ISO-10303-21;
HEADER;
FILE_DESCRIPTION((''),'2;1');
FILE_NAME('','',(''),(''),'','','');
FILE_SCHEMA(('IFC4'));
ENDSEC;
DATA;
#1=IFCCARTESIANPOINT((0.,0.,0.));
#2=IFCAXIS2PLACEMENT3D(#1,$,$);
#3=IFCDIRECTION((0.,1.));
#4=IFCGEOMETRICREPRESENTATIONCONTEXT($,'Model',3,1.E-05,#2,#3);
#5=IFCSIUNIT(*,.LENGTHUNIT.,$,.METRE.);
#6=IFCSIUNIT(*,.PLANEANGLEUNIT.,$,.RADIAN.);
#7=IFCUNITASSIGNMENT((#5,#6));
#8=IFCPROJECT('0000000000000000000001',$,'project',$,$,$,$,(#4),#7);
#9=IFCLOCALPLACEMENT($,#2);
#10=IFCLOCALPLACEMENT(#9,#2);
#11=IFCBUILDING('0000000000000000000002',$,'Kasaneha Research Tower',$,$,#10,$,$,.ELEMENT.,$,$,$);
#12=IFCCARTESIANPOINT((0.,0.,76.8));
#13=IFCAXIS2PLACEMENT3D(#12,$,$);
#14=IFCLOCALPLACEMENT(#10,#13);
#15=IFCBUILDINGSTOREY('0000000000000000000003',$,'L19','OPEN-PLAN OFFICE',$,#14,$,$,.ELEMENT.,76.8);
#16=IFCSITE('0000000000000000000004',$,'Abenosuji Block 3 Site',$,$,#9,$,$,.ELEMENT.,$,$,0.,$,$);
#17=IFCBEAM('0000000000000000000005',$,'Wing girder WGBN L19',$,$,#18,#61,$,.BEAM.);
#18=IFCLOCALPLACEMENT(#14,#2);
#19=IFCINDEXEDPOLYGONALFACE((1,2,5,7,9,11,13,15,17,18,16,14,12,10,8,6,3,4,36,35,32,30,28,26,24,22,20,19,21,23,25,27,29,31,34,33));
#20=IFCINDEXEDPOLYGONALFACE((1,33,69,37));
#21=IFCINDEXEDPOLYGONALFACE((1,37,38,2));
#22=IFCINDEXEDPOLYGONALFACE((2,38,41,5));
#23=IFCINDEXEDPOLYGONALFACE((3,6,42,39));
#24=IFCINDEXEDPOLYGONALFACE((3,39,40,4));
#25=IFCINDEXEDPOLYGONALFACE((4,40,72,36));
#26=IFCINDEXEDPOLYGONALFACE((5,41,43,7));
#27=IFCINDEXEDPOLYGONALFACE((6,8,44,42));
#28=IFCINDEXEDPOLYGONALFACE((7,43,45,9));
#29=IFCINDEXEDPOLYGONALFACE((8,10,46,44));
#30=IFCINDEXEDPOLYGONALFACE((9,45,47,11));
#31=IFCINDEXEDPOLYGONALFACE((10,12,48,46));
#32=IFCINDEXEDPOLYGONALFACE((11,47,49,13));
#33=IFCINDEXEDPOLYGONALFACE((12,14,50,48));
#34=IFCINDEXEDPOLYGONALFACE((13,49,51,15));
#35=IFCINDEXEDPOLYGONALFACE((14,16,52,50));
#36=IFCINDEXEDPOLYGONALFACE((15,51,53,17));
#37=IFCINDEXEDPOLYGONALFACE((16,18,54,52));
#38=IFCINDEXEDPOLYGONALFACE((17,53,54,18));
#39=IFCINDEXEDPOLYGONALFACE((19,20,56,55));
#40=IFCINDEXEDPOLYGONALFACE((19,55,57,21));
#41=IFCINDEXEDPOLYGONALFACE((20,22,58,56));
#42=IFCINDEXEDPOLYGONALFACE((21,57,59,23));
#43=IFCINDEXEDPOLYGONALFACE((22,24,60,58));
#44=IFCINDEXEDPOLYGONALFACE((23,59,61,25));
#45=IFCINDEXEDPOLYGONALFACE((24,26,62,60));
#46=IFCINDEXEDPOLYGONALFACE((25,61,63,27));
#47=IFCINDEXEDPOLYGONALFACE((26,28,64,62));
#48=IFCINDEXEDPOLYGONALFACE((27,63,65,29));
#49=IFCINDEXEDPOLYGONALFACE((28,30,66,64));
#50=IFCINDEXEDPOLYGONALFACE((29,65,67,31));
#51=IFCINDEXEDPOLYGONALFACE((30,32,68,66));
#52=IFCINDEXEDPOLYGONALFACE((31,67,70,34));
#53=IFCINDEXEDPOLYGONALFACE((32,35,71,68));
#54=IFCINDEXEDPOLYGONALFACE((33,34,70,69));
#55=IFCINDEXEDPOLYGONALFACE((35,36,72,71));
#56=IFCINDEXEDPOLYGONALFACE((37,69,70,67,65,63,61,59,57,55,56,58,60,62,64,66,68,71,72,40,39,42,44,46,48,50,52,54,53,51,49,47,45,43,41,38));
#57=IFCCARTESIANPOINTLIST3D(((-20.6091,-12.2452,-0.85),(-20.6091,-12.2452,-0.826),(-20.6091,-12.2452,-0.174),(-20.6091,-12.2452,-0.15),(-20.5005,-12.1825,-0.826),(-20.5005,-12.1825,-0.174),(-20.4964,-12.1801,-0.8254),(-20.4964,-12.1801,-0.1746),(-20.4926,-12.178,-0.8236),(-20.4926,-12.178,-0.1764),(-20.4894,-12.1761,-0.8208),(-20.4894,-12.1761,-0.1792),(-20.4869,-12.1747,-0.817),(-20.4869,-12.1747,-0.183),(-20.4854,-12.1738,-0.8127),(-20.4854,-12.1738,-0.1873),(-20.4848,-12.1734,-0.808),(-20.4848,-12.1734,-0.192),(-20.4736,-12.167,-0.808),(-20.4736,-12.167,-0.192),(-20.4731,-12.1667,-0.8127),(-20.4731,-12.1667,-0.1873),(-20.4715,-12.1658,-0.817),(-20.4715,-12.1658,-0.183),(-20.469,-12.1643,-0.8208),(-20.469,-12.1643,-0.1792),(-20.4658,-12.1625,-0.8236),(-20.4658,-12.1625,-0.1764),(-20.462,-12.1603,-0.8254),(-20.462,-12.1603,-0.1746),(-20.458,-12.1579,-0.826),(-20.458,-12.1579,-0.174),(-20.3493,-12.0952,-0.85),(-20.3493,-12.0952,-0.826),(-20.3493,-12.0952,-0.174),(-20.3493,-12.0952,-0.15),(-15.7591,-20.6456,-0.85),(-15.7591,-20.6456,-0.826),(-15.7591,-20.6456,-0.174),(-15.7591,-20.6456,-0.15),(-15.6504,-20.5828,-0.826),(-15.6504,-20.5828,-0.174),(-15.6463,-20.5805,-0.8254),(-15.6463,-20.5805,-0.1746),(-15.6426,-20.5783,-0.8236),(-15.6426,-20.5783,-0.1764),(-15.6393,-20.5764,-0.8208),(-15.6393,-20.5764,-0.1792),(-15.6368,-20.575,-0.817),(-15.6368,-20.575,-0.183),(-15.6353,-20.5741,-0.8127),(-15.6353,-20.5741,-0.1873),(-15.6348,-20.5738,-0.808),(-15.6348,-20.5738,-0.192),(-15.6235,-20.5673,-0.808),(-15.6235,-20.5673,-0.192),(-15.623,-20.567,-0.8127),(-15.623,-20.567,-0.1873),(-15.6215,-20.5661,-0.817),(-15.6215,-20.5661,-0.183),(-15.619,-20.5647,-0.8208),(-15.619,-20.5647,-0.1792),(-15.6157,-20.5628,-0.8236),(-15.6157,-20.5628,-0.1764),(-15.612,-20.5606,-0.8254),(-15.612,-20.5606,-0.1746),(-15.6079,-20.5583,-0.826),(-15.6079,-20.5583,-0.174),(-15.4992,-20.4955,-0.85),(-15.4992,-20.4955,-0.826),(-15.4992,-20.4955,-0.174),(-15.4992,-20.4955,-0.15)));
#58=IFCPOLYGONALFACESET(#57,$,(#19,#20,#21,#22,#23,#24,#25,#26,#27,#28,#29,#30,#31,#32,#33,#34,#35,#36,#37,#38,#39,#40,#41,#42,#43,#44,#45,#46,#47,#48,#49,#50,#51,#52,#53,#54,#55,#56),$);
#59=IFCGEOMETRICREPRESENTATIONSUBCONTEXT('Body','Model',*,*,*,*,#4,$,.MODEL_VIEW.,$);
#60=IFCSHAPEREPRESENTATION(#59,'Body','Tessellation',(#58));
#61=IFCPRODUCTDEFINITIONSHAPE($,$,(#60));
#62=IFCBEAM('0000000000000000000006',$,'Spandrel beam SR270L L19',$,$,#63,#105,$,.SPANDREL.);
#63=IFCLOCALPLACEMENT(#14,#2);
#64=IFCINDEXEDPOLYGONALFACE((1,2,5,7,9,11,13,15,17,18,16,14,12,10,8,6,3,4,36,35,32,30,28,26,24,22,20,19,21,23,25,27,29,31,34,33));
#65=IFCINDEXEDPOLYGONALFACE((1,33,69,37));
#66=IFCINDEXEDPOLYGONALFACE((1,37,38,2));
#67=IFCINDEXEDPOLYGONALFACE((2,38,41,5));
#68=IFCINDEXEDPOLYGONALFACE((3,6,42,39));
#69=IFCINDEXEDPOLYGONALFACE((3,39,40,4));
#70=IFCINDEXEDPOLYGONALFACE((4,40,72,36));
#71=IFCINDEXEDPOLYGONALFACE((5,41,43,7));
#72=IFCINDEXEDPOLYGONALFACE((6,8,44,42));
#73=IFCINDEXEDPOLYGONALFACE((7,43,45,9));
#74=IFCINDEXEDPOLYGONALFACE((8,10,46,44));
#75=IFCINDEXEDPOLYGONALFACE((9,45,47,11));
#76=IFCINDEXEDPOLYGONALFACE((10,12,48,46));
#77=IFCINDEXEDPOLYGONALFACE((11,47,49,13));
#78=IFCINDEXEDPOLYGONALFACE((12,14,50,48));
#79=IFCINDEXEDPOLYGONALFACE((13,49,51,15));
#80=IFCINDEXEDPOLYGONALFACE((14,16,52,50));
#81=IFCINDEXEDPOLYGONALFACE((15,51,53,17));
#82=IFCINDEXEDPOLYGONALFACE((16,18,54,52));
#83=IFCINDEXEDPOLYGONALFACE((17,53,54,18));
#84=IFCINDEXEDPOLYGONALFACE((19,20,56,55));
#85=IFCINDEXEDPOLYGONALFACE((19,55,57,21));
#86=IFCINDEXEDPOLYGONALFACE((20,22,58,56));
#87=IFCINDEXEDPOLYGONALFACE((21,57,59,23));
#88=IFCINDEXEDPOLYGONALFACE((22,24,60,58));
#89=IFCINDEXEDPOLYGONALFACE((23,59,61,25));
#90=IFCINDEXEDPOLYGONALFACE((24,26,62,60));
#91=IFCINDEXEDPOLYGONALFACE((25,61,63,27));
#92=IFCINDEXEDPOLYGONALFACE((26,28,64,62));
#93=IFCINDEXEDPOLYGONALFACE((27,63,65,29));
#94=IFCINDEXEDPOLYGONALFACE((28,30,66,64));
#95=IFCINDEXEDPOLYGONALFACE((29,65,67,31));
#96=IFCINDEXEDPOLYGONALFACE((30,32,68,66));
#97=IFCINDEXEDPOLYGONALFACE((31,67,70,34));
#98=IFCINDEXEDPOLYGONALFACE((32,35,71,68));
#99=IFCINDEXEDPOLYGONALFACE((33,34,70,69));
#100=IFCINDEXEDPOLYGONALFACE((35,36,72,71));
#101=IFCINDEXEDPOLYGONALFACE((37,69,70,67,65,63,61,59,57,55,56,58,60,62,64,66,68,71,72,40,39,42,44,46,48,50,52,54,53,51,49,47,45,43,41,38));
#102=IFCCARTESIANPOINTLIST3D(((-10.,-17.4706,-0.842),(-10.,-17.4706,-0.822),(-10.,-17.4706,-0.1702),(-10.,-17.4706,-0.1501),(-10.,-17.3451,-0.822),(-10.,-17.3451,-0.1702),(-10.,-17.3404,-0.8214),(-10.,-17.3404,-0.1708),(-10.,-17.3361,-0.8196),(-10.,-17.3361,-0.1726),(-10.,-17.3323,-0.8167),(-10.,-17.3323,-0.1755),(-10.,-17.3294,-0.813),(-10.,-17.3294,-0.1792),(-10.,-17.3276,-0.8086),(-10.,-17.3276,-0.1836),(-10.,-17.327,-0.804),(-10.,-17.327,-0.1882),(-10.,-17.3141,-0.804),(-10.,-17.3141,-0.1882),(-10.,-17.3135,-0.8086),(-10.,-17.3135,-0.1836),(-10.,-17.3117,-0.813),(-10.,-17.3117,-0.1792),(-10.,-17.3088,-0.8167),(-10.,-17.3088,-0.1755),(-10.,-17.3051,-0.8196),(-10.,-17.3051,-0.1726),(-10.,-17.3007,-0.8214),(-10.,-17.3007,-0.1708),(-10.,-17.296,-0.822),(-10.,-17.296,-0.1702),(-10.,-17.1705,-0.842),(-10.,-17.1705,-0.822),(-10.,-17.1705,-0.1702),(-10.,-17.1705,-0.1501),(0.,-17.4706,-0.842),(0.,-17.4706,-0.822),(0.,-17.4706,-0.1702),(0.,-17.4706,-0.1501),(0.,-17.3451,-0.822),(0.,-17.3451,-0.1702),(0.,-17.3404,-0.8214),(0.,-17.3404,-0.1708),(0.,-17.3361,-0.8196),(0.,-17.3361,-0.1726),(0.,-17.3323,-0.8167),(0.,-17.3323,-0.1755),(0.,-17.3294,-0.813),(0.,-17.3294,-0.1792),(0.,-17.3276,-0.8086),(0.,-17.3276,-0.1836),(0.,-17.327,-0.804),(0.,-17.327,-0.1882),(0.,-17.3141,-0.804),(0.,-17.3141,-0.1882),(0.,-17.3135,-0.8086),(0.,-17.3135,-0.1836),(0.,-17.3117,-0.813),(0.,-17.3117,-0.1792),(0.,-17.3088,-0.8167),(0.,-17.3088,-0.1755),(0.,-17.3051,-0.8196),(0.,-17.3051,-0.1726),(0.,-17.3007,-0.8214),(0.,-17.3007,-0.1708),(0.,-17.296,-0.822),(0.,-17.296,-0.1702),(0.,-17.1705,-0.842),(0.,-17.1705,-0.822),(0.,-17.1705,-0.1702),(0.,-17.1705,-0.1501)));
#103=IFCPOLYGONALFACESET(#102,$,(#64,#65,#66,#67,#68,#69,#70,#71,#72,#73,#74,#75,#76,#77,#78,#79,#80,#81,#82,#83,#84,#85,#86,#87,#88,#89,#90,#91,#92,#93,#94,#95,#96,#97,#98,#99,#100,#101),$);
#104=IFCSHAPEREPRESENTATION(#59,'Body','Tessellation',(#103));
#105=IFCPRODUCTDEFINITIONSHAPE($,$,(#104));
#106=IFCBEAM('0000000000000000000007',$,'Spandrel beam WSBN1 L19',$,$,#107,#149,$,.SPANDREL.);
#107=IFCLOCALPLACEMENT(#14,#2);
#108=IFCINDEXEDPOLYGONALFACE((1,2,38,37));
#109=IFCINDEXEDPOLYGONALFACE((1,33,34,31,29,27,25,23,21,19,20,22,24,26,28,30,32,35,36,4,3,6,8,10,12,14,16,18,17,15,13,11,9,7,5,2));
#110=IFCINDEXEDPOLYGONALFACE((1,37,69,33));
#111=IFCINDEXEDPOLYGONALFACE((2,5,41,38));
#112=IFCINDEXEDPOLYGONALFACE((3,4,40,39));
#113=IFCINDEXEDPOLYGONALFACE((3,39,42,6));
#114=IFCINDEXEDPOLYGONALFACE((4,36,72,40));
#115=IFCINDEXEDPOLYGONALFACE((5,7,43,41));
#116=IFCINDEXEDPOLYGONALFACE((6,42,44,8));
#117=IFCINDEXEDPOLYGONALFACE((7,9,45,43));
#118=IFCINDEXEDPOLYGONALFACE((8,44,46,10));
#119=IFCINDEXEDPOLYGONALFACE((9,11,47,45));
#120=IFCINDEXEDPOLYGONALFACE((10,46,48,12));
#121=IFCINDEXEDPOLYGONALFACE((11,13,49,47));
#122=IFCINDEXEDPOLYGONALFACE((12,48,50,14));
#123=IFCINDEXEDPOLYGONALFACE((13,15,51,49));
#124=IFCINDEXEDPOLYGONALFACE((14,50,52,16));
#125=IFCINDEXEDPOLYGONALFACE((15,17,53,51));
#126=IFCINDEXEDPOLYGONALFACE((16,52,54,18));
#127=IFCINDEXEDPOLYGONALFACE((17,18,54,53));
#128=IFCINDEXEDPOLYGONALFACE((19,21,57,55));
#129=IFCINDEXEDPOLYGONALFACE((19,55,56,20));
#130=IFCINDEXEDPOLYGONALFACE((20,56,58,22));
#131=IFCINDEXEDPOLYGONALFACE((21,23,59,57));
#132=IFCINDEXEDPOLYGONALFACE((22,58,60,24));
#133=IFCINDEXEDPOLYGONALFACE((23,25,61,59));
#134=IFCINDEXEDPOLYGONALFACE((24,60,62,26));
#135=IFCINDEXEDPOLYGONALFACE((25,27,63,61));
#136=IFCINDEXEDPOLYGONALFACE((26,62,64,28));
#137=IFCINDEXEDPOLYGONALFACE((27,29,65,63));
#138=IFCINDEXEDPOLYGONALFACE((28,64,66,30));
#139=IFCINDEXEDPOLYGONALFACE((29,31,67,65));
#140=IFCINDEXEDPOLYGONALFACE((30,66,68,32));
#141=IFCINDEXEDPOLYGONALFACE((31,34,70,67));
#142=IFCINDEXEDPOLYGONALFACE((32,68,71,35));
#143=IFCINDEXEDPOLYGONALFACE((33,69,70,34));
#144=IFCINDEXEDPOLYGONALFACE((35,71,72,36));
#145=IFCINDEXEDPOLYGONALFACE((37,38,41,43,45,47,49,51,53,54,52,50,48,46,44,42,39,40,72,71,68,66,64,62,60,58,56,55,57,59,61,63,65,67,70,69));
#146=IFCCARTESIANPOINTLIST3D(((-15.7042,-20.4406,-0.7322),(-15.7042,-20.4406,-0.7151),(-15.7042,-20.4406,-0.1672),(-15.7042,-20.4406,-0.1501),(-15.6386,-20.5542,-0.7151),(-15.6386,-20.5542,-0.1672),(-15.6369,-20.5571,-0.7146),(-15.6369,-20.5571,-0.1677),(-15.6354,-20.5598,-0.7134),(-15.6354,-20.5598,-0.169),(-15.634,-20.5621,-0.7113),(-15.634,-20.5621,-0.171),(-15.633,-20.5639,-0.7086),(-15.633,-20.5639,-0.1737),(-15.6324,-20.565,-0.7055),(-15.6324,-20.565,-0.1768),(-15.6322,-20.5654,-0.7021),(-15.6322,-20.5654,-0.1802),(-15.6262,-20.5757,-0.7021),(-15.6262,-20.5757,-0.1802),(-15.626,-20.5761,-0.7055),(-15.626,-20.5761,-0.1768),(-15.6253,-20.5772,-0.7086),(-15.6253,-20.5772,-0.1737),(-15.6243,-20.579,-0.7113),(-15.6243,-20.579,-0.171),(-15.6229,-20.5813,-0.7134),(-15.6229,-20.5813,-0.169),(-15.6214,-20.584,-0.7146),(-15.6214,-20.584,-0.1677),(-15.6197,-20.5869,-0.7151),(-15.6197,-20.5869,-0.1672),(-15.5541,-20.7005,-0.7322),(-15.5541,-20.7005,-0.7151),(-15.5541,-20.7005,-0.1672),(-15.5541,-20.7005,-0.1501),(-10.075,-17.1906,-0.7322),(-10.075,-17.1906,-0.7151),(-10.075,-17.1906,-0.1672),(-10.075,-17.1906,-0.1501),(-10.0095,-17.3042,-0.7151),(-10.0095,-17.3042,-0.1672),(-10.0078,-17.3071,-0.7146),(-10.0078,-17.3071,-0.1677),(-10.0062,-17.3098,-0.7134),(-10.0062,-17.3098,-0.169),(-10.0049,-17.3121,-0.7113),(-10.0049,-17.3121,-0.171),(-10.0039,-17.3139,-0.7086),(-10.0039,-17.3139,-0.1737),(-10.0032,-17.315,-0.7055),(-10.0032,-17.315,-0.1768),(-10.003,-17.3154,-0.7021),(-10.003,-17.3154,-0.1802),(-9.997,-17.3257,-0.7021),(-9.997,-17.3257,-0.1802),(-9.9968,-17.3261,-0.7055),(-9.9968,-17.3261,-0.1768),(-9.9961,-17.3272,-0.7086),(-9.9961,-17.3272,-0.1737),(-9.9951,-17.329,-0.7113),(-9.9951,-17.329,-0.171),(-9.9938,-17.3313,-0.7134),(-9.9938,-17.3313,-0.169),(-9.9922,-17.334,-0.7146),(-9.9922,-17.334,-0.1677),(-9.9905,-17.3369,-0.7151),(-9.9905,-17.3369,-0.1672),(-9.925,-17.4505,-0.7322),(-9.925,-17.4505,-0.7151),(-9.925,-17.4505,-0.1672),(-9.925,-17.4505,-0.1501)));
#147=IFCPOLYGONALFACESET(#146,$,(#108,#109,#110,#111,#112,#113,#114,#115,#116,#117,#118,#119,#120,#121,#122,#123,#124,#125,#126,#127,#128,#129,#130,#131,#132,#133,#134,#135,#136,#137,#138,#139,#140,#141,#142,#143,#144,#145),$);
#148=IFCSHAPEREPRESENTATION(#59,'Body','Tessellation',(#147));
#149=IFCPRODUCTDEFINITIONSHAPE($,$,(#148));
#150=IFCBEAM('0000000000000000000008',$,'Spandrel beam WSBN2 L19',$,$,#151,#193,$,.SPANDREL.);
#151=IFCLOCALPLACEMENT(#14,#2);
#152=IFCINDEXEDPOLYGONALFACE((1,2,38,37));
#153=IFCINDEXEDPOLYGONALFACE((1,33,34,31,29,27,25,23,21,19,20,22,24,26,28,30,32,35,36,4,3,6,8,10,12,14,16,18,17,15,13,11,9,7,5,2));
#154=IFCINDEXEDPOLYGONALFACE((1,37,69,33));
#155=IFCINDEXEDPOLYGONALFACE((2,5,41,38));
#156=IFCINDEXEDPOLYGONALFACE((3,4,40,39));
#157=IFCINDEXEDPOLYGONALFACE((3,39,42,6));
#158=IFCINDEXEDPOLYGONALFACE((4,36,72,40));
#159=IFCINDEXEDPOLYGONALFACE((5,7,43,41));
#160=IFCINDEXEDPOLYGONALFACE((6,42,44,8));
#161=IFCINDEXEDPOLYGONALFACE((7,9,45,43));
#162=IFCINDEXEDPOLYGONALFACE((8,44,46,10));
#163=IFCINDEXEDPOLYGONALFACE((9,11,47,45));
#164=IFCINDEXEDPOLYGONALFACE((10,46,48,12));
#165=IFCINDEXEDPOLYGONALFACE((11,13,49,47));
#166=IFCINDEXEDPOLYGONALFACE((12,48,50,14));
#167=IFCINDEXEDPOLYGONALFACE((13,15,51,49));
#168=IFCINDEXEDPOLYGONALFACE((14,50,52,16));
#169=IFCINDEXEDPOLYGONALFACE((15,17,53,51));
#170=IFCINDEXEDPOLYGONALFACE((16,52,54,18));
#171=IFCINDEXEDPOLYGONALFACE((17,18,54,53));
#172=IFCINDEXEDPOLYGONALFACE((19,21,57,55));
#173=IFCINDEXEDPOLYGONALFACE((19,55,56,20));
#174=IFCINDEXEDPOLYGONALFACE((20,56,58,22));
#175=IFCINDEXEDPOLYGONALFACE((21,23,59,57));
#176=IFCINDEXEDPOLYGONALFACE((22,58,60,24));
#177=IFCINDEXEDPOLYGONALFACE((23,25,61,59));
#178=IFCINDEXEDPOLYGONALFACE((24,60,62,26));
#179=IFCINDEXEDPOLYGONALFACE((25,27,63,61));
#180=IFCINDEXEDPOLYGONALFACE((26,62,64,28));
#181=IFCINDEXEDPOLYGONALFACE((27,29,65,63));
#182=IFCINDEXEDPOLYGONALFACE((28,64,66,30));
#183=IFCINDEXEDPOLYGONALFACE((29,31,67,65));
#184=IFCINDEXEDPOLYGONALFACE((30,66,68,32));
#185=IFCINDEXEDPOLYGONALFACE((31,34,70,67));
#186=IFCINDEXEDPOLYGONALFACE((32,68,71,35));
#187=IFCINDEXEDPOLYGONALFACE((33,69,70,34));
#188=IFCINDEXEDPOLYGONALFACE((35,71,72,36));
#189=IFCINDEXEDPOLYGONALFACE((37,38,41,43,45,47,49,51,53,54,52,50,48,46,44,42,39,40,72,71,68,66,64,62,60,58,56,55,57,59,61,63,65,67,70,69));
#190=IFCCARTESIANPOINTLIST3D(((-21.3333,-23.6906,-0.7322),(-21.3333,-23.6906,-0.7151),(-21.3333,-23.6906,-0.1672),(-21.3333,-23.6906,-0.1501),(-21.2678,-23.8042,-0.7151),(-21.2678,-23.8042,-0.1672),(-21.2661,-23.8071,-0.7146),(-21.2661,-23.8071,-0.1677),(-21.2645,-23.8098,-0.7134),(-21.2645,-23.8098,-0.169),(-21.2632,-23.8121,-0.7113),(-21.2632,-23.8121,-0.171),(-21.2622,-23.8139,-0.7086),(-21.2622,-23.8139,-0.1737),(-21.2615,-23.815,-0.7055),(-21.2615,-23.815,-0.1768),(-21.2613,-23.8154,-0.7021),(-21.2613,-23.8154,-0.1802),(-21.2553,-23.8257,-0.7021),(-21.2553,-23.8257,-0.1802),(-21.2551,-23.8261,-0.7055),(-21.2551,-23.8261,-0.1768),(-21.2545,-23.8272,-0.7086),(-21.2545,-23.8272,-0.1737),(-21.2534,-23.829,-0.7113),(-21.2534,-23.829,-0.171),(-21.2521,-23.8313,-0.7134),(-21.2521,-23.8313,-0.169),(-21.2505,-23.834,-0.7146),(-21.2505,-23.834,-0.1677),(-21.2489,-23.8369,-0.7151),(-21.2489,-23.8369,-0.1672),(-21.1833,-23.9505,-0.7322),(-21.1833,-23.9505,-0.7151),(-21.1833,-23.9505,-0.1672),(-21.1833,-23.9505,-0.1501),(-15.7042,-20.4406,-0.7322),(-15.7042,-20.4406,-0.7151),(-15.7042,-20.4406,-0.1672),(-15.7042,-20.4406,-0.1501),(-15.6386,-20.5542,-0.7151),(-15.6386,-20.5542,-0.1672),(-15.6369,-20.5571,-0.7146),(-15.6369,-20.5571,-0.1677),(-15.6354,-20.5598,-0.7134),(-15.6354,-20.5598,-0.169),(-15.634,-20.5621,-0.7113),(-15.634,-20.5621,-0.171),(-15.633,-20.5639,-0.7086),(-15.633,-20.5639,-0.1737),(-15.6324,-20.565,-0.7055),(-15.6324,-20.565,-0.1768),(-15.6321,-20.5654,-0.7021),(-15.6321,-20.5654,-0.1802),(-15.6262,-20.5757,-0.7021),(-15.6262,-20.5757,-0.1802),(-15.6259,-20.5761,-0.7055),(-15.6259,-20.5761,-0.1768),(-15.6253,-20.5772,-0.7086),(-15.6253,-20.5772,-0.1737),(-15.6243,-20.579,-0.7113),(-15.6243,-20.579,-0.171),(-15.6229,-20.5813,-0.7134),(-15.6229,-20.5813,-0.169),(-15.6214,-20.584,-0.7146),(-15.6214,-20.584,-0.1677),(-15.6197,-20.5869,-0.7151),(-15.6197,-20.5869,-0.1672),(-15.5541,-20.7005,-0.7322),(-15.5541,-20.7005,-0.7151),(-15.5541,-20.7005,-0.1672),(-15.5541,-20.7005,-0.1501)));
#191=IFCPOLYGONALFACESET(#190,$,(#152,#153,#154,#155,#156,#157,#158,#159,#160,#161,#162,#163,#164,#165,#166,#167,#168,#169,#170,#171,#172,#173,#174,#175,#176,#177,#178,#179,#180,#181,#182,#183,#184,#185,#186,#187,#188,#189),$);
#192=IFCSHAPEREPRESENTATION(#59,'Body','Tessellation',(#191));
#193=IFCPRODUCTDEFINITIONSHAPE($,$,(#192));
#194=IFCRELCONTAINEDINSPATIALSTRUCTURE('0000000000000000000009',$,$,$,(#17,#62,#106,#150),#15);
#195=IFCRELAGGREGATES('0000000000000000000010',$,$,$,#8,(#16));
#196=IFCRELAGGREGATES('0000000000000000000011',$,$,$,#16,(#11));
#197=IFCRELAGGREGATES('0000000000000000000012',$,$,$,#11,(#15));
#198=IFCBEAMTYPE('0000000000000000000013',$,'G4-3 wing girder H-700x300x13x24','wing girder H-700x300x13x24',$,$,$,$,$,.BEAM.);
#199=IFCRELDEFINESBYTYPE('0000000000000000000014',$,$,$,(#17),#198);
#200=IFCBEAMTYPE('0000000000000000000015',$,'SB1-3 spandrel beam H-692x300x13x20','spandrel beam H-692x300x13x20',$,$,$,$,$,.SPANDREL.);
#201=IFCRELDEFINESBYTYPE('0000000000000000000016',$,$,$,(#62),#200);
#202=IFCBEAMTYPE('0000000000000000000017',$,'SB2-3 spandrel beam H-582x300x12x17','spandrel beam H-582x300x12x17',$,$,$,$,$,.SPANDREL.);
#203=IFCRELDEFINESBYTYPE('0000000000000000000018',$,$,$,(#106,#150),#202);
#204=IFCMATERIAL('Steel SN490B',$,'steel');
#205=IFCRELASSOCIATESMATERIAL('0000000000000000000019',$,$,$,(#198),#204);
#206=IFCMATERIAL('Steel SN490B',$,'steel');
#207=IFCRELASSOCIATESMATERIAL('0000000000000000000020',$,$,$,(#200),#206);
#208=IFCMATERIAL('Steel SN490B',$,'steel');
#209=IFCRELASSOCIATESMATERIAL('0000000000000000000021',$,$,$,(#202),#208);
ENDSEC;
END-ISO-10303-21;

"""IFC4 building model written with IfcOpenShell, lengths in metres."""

from ifc_helpers import new_model, si_unit, direction, frame, origin, origin_2d, place, context, subcontext, project, spatial, i_section, extrude, material, material_profile, profile_set, type_object, element, save


model = new_model("IFC4")

# Units and contexts
model_context = context("Model", 3, precision=1e-05, world=origin(), true_north=direction((0.0, 1.0)))
body_context = subcontext(model_context, "Body", "Model", "MODEL_VIEW")
ifc_project = project(units=[si_unit("LENGTHUNIT", "METRE"), si_unit("PLANEANGLEUNIT", "RADIAN")], contexts=[model_context])

# Site, building, storey
site_placement = place(None, origin())
site = spatial("IfcSite", under=ifc_project, at=site_placement, Name="Abenosuji Block 3 Site", CompositionType="ELEMENT", RefElevation=0.0)
building_placement = place(site_placement, origin())
building = spatial("IfcBuilding", under=site, at=building_placement, Name="Kasaneha Research Tower", CompositionType="ELEMENT")
storey_placement = place(building_placement, frame((0.0, 0.0, 76.8)))
storey = spatial("IfcBuildingStorey", under=building, at=storey_placement, Name="L19", Description="OPEN-PLAN OFFICE", CompositionType="ELEMENT", Elevation=76.8)

# Beams
ifc_material_1 = material(Name="Steel SN490B", Category="steel")
ifc_material_profile_1 = material_profile(ifc_material_1, i_section(OverallWidth=0.3, OverallDepth=0.7, WebThickness=0.0129, FlangeThickness=0.0239, FilletRadius=0.0181, at=origin_2d()), Name="H-700x300x13x24")
ifc_profile_set_1 = profile_set([ifc_material_profile_1], Name="Steel SN490B")
beam_type_1 = type_object("IfcBeamType", Name="G4-3 wing girder H-700x300x13x24", Description="wing girder H-700x300x13x24", PredefinedType="BEAM", material=ifc_profile_set_1)
beam_1_placement = place(storey_placement, frame((-15.6292, -20.5706, -0.5), z_axis=(-0.50001, 0.86602, 0.0), x_axis=(-0.86602, -0.50001, 0.0)))
element("IfcBeam", 1, at=beam_1_placement, inside=storey, type_object=beam_type_1, Name="Wing girder WGBN L19", PredefinedType="BEAM", context=body_context, shape_type="SweptSolid", body=[
    extrude(i_section(OverallWidth=0.3, OverallDepth=0.7, WebThickness=0.0129, FlangeThickness=0.0239, FilletRadius=0.0181, at=origin_2d()), origin(), (0.0, 0.0, 1.0), 9.7),
])
ifc_material_2 = material(Name="Steel SN490B", Category="steel")
ifc_material_profile_2 = material_profile(ifc_material_2, i_section(OverallWidth=0.3, OverallDepth=0.6919, WebThickness=0.0129, FlangeThickness=0.02, FilletRadius=0.0181, at=origin_2d()), Name="H-692x300x13x20")
ifc_profile_set_2 = profile_set([ifc_material_profile_2], Name="Steel SN490B")
beam_type_2 = type_object("IfcBeamType", Name="SB1-3 spandrel beam H-692x300x13x20", Description="spandrel beam H-692x300x13x20", PredefinedType="SPANDREL", material=ifc_profile_set_2)
beam_2_placement = place(storey_placement, frame((-10.0, -17.3206, -0.4961), z_axis=(1.0, 0.0, 0.0), x_axis=(0.0, 1.0, 0.0)))
element("IfcBeam", 2, at=beam_2_placement, inside=storey, type_object=beam_type_2, Name="Spandrel beam SR270L L19", PredefinedType="SPANDREL", context=body_context, shape_type="SweptSolid", body=[
    extrude(i_section(OverallWidth=0.3, OverallDepth=0.6919, WebThickness=0.0129, FlangeThickness=0.02, FilletRadius=0.0181, at=origin_2d()), origin(), (0.0, 0.0, 1.0), 10.0),
])
ifc_material_3 = material(Name="Steel SN490B", Category="steel")
ifc_material_profile_3 = material_profile(ifc_material_3, i_section(OverallWidth=0.3, OverallDepth=0.582, WebThickness=0.012, FlangeThickness=0.0171, FilletRadius=0.0129, at=origin_2d()), Name="H-582x300x12x17")
ifc_profile_set_3 = profile_set([ifc_material_profile_3], Name="Steel SN490B")
beam_type_3 = type_object("IfcBeamType", Name="SB2-3 spandrel beam H-582x300x12x17", Description="spandrel beam H-582x300x12x17", PredefinedType="SPANDREL", material=ifc_profile_set_3)
for number, where, z_axis, x_axis, name in (
    (3, (-10.0, -17.3206, -0.4412), (-0.866025, -0.500001, 0.0), (0.500001, -0.866025, 0.0), "Spandrel beam WSBN1 L19"),
    (4, (-15.6292, -20.5706, -0.4412), (-0.866025, -0.500001, 0.0), (0.500001, -0.866025, 0.0), "Spandrel beam WSBN2 L19"),
):
    element("IfcBeam", number, at=place(storey_placement, frame(where, z_axis=z_axis, x_axis=x_axis)), inside=storey, type_object=beam_type_3, Name=name, PredefinedType="SPANDREL", context=body_context, shape_type="SweptSolid", body=[
        extrude(i_section(OverallWidth=0.3, OverallDepth=0.582, WebThickness=0.012, FlangeThickness=0.0171, FilletRadius=0.0129, at=origin_2d()), origin(), (0.0, 0.0, 1.0), 6.5),
    ])

save(model, "model.ifc")
